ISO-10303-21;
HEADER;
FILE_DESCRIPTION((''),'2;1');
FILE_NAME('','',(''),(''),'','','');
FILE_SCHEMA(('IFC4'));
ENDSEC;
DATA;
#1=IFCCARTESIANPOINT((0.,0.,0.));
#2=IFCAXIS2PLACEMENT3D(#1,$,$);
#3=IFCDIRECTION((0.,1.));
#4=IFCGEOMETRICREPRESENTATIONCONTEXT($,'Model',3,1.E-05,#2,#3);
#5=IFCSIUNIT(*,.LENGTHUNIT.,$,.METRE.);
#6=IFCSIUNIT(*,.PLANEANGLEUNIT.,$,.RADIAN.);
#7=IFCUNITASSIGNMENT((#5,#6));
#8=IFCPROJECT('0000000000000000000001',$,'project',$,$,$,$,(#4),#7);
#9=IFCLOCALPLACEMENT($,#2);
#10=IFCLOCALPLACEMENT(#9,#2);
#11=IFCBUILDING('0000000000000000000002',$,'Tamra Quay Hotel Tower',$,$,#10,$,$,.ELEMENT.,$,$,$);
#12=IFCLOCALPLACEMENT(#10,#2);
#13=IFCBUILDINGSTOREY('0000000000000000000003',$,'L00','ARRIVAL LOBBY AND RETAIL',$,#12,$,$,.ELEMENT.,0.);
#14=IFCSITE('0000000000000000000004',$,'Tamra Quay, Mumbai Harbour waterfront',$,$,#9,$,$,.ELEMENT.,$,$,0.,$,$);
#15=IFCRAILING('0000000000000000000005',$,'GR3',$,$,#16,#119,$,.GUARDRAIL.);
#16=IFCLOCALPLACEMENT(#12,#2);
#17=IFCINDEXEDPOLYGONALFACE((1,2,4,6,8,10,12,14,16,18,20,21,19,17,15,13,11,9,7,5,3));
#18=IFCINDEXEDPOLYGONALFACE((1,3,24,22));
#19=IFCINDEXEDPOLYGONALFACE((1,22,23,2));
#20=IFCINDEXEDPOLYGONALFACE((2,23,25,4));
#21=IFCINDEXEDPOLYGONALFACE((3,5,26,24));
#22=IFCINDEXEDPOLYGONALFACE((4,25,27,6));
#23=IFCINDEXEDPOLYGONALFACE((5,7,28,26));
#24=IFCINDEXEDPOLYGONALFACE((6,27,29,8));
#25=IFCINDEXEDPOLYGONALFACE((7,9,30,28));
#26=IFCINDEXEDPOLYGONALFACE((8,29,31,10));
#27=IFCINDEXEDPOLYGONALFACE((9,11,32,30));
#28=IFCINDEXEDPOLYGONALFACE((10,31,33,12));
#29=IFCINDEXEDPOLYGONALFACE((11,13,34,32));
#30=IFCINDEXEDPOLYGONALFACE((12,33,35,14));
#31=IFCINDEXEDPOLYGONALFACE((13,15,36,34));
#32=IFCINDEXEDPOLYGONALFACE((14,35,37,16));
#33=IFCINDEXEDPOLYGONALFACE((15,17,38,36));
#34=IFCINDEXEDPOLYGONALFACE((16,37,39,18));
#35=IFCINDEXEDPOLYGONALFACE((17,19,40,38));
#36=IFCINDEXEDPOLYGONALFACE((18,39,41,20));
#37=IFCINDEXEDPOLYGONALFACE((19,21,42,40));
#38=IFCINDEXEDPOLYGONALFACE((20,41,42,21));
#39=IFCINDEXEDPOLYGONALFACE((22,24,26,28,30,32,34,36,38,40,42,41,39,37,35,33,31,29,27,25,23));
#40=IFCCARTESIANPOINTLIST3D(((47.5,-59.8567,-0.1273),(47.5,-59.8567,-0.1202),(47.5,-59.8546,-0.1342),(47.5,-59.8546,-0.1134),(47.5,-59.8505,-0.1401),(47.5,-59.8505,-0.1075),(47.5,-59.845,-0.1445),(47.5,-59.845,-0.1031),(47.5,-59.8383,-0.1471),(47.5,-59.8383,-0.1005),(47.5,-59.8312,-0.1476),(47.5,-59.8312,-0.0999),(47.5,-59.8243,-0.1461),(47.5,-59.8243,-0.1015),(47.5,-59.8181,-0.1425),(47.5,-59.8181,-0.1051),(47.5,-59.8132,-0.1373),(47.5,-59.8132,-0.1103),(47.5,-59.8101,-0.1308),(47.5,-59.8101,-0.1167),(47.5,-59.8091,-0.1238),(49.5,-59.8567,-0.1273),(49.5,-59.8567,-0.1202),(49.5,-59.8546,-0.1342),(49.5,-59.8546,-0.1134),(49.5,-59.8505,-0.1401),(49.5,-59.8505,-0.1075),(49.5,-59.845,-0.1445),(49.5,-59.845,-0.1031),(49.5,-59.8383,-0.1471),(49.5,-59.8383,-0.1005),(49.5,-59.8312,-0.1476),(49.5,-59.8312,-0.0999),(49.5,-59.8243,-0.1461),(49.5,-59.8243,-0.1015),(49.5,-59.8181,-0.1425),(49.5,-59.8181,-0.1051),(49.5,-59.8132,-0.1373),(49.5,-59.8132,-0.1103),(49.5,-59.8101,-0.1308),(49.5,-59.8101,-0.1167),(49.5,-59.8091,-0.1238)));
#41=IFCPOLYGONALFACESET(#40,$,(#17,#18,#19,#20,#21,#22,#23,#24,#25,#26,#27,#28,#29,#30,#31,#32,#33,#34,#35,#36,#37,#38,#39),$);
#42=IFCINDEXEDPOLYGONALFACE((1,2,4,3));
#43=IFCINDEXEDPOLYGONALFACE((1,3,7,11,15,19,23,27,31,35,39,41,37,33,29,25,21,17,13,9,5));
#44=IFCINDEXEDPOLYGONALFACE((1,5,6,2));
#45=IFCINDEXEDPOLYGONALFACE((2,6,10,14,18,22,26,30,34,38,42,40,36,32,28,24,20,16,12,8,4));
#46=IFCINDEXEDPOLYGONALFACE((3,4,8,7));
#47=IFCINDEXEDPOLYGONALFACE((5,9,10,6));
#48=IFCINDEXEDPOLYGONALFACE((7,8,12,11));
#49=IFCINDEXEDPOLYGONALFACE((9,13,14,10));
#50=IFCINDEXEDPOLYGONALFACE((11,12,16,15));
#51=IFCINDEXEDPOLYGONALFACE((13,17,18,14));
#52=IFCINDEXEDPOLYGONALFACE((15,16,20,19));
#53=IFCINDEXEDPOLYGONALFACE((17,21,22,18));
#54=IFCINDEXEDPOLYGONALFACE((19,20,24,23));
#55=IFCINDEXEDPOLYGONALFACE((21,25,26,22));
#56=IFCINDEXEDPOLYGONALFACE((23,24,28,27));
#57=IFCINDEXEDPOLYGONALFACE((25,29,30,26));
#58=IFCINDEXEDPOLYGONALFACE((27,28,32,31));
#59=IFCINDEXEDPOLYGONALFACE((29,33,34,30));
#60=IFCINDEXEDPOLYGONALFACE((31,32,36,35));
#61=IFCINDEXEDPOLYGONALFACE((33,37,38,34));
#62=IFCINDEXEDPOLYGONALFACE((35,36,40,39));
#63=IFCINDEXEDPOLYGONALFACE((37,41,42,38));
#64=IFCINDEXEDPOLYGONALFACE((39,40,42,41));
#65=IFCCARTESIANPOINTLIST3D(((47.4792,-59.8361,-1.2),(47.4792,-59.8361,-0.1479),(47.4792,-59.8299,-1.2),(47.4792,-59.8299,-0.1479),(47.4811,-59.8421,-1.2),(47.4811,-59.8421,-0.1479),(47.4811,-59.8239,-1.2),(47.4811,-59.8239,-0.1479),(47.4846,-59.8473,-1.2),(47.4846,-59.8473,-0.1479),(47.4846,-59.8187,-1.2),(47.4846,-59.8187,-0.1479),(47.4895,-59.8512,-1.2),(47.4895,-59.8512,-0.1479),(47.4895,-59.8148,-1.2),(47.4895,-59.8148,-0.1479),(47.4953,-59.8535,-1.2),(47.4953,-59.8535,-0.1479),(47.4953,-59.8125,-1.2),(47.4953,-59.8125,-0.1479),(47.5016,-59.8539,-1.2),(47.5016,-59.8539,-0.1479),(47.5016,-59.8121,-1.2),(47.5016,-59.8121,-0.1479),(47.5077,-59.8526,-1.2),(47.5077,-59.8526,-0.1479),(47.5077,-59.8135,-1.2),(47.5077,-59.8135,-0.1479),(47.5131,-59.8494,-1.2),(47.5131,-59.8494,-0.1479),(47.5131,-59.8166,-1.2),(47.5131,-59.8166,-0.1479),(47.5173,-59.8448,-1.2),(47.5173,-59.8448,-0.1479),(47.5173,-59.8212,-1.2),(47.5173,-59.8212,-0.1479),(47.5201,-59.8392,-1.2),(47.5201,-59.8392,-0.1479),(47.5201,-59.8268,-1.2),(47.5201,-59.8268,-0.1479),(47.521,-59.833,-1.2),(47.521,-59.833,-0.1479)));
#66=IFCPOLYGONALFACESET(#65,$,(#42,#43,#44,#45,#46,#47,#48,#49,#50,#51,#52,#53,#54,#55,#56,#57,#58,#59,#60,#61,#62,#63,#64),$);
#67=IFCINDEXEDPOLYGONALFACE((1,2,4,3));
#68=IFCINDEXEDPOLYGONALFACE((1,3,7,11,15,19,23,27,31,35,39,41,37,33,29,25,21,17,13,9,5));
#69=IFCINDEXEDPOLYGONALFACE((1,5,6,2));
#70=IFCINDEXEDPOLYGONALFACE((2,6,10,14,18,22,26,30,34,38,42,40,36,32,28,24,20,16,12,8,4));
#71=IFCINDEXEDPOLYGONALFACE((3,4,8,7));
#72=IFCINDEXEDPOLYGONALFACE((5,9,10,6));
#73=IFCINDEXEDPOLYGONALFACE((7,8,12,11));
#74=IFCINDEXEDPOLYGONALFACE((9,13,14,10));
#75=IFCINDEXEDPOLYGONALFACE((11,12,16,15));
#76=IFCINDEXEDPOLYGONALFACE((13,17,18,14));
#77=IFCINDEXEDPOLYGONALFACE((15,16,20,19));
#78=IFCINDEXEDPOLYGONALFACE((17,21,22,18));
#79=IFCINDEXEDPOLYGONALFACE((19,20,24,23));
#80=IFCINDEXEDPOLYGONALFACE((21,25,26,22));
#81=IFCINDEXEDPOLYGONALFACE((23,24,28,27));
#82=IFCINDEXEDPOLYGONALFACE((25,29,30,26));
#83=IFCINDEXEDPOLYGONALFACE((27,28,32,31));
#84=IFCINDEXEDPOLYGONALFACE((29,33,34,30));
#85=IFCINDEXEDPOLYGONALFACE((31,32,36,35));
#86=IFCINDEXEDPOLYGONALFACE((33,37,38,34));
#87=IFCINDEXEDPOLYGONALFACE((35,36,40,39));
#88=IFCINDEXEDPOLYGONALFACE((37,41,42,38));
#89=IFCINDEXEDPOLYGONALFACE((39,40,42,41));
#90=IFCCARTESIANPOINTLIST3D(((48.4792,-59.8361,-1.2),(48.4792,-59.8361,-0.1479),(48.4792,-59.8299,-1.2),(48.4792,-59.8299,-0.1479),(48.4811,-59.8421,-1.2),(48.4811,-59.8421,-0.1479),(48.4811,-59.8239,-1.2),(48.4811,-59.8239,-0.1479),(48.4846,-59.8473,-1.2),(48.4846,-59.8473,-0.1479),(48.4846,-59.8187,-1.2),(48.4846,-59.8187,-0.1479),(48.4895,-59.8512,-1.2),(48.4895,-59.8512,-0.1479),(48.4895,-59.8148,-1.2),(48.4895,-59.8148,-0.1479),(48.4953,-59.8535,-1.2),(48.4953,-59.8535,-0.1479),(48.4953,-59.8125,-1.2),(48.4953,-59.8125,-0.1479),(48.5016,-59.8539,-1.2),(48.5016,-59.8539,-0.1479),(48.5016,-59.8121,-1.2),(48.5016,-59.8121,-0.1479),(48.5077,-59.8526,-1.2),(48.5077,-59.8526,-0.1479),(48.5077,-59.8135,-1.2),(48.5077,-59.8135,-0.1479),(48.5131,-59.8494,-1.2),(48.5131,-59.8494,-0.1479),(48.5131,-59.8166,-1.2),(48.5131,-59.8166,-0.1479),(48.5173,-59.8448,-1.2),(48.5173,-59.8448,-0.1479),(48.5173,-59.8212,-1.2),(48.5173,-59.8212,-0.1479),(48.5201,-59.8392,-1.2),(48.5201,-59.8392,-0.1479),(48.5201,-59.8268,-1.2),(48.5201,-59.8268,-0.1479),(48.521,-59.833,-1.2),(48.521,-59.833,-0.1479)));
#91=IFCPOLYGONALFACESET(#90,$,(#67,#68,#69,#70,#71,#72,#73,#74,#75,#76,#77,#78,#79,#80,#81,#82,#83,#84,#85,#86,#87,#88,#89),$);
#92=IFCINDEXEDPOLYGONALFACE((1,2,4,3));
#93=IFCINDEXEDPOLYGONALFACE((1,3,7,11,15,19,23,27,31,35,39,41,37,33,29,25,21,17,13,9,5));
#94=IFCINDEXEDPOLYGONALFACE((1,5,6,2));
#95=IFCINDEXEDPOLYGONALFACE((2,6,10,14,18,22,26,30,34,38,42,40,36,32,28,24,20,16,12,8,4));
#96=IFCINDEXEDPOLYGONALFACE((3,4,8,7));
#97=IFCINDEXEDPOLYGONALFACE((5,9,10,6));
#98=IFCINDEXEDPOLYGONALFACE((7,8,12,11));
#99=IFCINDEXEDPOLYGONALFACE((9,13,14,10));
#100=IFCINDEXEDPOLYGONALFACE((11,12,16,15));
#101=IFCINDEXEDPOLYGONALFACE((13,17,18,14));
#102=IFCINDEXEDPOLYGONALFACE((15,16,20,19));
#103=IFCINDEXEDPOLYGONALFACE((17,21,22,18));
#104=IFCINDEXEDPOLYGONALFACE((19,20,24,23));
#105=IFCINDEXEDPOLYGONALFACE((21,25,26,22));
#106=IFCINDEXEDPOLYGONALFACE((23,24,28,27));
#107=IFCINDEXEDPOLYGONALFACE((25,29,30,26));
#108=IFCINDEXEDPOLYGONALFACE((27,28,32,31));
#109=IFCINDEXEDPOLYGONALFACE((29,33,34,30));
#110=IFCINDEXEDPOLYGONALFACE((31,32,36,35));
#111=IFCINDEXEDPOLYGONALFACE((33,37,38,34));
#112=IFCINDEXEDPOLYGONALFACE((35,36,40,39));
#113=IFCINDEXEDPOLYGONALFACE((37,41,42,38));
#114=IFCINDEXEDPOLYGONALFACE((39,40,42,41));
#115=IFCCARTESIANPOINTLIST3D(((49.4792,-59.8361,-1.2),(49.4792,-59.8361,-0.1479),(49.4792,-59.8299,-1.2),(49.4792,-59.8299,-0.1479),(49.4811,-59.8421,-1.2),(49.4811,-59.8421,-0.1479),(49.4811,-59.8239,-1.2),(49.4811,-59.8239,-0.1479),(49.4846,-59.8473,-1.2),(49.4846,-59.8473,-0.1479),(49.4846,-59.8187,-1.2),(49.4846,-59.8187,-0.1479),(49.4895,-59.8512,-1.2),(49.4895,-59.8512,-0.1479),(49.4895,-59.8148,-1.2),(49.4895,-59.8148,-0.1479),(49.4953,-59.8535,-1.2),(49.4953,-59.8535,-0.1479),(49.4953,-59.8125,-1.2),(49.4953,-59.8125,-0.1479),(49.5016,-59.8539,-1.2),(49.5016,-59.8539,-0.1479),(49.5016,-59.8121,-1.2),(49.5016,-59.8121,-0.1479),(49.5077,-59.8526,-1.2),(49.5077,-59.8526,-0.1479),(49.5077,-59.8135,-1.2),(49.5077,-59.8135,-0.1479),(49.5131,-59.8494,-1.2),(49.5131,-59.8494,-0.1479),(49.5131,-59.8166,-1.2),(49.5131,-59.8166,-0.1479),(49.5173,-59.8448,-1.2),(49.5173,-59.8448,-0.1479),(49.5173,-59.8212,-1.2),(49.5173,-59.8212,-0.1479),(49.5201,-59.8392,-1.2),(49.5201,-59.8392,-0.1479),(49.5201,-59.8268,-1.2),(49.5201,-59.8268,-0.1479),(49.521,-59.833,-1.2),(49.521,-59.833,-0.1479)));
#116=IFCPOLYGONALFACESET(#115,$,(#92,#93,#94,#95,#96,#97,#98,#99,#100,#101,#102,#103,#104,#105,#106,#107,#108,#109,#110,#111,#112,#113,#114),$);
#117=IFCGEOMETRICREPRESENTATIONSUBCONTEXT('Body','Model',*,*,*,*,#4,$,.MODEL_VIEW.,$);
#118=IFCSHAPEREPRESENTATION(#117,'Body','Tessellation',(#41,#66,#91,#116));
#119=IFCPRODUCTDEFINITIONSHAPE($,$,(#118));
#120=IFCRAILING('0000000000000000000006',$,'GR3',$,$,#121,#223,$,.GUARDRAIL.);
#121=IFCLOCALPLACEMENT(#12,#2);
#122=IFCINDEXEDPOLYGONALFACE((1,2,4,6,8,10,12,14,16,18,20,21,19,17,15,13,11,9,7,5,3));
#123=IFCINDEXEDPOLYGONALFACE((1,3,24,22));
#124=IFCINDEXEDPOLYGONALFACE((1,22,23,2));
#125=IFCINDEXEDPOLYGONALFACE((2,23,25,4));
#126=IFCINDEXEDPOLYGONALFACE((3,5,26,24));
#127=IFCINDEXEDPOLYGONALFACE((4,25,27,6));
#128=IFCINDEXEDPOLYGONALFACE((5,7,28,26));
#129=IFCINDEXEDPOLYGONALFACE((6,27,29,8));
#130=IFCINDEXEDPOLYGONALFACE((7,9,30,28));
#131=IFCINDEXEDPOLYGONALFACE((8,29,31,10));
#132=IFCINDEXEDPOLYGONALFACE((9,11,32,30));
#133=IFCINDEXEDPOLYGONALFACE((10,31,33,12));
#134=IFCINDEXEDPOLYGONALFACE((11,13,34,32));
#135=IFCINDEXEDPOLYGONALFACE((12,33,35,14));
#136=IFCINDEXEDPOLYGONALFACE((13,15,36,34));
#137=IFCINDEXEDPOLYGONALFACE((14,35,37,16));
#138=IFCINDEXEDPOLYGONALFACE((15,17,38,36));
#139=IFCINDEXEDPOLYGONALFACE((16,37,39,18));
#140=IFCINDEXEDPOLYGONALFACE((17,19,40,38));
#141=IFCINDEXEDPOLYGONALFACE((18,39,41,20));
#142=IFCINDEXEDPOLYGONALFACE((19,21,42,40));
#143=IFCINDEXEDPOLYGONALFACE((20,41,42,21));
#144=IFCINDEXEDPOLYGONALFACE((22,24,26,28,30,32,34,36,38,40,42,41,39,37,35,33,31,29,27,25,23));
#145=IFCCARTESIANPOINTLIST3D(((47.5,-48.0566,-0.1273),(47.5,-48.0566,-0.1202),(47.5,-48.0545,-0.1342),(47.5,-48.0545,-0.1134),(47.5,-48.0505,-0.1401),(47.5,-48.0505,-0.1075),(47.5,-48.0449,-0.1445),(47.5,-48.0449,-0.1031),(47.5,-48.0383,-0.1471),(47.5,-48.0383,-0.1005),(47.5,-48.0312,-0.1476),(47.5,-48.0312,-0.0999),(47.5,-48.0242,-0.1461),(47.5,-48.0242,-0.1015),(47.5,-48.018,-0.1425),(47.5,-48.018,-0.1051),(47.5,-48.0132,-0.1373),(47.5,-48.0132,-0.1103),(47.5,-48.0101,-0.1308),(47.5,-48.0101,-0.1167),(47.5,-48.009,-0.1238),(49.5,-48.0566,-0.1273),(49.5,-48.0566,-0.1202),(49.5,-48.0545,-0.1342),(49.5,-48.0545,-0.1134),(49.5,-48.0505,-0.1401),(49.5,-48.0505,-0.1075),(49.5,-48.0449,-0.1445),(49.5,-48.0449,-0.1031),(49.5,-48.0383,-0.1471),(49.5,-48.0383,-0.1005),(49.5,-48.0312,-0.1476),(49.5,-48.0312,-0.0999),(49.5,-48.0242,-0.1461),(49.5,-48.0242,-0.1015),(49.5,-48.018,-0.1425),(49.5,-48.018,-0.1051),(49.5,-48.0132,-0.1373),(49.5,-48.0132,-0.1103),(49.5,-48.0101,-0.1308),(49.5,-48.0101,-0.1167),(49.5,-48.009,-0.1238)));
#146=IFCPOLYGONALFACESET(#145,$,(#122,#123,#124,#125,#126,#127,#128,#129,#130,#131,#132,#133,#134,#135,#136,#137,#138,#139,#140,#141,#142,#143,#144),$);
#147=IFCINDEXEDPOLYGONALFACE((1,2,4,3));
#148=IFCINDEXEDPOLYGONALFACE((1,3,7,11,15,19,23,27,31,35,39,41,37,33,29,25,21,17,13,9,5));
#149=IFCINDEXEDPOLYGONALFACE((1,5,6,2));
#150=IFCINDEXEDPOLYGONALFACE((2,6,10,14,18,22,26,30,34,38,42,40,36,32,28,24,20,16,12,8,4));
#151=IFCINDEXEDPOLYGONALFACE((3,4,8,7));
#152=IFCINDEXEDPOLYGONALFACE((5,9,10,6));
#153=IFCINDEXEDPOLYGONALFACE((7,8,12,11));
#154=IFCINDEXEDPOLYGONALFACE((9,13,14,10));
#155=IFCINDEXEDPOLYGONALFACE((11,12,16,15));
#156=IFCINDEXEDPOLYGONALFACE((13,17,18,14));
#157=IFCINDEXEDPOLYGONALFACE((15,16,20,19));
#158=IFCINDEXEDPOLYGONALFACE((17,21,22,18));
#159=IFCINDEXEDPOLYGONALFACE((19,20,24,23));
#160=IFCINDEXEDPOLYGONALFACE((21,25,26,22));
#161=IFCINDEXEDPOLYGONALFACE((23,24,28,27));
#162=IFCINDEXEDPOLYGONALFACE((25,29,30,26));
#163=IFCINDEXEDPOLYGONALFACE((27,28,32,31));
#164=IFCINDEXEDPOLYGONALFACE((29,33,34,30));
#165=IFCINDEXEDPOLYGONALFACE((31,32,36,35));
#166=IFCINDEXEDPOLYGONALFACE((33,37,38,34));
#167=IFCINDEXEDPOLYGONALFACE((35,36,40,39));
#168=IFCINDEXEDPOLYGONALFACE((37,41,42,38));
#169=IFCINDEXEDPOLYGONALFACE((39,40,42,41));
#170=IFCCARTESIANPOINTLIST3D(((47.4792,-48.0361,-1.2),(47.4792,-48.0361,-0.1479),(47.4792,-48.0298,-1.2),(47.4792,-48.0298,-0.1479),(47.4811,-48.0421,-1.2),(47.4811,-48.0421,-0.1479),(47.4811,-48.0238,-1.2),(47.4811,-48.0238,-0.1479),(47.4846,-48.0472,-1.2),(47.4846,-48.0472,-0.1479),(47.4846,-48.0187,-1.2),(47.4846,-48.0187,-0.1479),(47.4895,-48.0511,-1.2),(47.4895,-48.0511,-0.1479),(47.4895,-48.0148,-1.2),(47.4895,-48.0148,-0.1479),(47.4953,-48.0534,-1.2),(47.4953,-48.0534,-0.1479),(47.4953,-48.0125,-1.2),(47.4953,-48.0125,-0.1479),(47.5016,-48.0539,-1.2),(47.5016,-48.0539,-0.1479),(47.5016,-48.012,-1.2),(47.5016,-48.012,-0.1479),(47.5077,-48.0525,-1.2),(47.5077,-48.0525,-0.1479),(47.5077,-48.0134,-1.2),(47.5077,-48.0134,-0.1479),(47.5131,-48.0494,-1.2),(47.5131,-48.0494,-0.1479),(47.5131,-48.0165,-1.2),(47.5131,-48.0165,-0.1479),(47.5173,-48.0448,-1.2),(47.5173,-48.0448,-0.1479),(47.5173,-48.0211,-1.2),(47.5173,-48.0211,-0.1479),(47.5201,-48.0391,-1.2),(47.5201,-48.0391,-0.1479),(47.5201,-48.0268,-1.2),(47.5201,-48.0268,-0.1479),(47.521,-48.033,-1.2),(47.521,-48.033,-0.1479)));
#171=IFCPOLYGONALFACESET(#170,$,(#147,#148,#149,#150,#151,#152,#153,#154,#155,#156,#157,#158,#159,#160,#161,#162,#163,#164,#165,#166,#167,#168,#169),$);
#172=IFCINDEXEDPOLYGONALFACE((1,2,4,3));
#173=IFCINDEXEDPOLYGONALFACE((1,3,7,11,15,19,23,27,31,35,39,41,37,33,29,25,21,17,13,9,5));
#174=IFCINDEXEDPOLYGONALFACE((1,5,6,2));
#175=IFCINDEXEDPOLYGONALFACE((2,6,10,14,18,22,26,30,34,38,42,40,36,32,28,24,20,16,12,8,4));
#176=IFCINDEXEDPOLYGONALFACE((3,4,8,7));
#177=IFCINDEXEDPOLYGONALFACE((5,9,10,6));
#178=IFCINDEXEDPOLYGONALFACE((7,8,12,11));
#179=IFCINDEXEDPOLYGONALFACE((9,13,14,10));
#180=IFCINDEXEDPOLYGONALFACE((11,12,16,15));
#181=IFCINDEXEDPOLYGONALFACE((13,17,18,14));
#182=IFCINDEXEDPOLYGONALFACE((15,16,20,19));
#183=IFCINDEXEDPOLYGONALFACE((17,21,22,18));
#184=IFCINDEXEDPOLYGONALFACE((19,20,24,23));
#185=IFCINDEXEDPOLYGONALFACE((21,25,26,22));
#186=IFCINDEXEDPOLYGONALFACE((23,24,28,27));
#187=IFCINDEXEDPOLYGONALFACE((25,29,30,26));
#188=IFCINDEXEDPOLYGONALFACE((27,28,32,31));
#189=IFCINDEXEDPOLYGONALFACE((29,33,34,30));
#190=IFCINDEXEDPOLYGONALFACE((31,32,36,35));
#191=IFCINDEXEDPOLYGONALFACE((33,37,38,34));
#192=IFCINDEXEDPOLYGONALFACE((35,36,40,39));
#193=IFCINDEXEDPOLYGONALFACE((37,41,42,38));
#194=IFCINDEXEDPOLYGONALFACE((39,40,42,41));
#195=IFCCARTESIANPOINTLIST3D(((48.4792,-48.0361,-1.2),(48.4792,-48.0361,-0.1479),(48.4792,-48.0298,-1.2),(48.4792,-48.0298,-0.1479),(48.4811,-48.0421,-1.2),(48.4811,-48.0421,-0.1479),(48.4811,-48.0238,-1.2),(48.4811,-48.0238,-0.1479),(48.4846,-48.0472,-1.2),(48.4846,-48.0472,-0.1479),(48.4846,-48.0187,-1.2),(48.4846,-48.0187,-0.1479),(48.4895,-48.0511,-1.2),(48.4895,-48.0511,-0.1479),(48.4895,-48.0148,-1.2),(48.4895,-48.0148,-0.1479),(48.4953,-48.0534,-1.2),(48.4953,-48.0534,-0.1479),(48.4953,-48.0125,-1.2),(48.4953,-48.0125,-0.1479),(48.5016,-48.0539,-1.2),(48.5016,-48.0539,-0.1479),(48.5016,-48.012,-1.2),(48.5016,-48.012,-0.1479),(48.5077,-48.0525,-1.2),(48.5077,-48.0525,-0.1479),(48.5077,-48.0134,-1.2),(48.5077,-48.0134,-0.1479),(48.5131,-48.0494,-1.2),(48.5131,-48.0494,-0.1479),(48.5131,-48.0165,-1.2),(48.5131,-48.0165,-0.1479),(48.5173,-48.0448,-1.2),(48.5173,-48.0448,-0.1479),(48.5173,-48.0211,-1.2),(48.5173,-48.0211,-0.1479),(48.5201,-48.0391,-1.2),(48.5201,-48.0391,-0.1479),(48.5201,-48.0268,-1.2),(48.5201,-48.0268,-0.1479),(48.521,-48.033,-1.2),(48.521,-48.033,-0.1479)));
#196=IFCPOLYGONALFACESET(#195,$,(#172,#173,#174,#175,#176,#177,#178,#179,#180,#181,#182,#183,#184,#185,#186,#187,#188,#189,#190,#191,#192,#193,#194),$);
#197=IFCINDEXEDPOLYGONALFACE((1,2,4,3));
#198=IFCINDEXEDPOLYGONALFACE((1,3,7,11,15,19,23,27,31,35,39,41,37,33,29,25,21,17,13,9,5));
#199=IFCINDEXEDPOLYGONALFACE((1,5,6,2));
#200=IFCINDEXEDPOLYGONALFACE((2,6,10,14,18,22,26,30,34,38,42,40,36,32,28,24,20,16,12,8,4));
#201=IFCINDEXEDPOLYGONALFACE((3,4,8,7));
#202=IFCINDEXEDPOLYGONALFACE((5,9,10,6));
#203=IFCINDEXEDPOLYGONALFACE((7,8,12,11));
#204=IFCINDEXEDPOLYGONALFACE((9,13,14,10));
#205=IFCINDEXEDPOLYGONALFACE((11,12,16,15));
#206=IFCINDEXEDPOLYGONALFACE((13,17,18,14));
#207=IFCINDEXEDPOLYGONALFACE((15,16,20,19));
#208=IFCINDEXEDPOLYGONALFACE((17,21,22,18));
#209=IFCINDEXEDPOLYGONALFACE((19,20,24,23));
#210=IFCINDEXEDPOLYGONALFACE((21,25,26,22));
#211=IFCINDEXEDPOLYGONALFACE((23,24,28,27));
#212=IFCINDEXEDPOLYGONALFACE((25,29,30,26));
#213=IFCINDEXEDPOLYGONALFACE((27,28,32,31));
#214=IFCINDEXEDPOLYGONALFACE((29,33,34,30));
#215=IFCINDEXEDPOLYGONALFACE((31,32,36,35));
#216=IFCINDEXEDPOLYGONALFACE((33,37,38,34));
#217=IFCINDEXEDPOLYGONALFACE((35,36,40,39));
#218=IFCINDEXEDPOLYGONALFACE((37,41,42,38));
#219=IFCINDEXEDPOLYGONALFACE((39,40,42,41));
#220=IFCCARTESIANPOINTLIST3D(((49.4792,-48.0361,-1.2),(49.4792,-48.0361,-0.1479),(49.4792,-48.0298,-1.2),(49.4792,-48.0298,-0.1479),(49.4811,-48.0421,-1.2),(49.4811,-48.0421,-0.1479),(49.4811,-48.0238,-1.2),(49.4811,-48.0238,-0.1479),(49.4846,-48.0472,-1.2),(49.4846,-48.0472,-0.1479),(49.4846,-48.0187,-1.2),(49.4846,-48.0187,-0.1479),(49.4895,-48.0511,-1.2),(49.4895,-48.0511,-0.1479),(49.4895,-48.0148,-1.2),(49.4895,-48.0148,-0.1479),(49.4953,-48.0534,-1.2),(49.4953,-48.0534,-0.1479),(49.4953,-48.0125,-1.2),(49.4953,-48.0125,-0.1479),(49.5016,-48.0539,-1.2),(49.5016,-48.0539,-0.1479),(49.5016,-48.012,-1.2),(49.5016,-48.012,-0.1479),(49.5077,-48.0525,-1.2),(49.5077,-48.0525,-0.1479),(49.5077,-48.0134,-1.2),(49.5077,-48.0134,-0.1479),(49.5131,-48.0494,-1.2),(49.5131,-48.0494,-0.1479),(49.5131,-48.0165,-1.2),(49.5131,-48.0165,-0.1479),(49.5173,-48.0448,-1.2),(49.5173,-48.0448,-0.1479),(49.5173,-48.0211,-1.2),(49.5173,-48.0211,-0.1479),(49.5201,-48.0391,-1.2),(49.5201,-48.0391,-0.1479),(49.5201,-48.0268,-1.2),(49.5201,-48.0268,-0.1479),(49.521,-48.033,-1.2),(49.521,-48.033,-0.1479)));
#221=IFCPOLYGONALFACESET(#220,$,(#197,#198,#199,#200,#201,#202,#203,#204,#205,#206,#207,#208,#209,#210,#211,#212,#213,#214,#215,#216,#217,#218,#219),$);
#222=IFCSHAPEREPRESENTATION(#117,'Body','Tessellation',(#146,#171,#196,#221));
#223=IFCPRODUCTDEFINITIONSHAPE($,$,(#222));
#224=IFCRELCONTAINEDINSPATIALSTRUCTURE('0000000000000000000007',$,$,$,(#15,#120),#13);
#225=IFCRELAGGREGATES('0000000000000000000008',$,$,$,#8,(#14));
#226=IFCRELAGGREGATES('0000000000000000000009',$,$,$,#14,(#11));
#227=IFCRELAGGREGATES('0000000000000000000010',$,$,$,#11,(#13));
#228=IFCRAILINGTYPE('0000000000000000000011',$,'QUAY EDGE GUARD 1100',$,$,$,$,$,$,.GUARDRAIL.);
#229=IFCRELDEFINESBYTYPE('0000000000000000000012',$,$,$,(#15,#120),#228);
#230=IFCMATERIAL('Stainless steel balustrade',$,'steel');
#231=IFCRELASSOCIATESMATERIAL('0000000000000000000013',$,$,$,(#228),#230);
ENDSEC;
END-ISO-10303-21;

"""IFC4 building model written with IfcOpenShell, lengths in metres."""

from ifc_helpers import new_model, si_unit, direction, frame, origin, origin_2d, place, context, subcontext, project, spatial, circle, extrude, material, type_object, element, save


model = new_model("IFC4")

# Units and contexts
model_context = context("Model", 3, precision=1e-05, world=origin(), true_north=direction((0.0, 1.0)))
body_context = subcontext(model_context, "Body", "Model", "MODEL_VIEW")
ifc_project = project(units=[si_unit("LENGTHUNIT", "METRE"), si_unit("PLANEANGLEUNIT", "RADIAN")], contexts=[model_context])

# Site, building, storey
site_placement = place(None, origin())
site = spatial("IfcSite", under=ifc_project, at=site_placement, Name="Tamra Quay, Mumbai Harbour waterfront", CompositionType="ELEMENT", RefElevation=0.0)
building_placement = place(site_placement, origin())
building = spatial("IfcBuilding", under=site, at=building_placement, Name="Tamra Quay Hotel Tower", CompositionType="ELEMENT")
storey_placement = place(building_placement, origin())
storey = spatial("IfcBuildingStorey", under=building, at=storey_placement, Name="L00", Description="ARRIVAL LOBBY AND RETAIL", CompositionType="ELEMENT", Elevation=0.0)

# Railings
ifc_material_1 = material(Name="Stainless steel balustrade", Category="steel")
railing_type = type_object("IfcRailingType", Name="QUAY EDGE GUARD 1100", PredefinedType="GUARDRAIL", material=ifc_material_1)
for number, where, name in (
    (1, (47.5, -59.833, -1.2), "GR3"),
    (2, (47.5, -48.033, -1.2), "GR3"),
):
    element("IfcRailing", number, at=place(storey_placement, frame(where)), inside=storey, type_object=railing_type, Name=name, PredefinedType="GUARDRAIL", context=body_context, shape_type="SweptSolid", body=[
        extrude(circle(Radius=0.0239, at=origin_2d()), frame((0.0, 0.0, 1.0762), z_axis=(1.0, 0.0, 0.0), x_axis=(0.0, 1.0, 0.0)), (0.0, 0.0, 1.0), 2.0),
        extrude(circle(Radius=0.021, at=origin_2d()), origin(), (0.0, 0.0, 1.0), 1.052),
        extrude(circle(Radius=0.021, at=origin_2d()), frame((1.0, 0.0, 0.0)), (0.0, 0.0, 1.0), 1.052),
        extrude(circle(Radius=0.021, at=origin_2d()), frame((2.0, 0.0, 0.0)), (0.0, 0.0, 1.0), 1.052),
    ])

save(model, "model.ifc")
